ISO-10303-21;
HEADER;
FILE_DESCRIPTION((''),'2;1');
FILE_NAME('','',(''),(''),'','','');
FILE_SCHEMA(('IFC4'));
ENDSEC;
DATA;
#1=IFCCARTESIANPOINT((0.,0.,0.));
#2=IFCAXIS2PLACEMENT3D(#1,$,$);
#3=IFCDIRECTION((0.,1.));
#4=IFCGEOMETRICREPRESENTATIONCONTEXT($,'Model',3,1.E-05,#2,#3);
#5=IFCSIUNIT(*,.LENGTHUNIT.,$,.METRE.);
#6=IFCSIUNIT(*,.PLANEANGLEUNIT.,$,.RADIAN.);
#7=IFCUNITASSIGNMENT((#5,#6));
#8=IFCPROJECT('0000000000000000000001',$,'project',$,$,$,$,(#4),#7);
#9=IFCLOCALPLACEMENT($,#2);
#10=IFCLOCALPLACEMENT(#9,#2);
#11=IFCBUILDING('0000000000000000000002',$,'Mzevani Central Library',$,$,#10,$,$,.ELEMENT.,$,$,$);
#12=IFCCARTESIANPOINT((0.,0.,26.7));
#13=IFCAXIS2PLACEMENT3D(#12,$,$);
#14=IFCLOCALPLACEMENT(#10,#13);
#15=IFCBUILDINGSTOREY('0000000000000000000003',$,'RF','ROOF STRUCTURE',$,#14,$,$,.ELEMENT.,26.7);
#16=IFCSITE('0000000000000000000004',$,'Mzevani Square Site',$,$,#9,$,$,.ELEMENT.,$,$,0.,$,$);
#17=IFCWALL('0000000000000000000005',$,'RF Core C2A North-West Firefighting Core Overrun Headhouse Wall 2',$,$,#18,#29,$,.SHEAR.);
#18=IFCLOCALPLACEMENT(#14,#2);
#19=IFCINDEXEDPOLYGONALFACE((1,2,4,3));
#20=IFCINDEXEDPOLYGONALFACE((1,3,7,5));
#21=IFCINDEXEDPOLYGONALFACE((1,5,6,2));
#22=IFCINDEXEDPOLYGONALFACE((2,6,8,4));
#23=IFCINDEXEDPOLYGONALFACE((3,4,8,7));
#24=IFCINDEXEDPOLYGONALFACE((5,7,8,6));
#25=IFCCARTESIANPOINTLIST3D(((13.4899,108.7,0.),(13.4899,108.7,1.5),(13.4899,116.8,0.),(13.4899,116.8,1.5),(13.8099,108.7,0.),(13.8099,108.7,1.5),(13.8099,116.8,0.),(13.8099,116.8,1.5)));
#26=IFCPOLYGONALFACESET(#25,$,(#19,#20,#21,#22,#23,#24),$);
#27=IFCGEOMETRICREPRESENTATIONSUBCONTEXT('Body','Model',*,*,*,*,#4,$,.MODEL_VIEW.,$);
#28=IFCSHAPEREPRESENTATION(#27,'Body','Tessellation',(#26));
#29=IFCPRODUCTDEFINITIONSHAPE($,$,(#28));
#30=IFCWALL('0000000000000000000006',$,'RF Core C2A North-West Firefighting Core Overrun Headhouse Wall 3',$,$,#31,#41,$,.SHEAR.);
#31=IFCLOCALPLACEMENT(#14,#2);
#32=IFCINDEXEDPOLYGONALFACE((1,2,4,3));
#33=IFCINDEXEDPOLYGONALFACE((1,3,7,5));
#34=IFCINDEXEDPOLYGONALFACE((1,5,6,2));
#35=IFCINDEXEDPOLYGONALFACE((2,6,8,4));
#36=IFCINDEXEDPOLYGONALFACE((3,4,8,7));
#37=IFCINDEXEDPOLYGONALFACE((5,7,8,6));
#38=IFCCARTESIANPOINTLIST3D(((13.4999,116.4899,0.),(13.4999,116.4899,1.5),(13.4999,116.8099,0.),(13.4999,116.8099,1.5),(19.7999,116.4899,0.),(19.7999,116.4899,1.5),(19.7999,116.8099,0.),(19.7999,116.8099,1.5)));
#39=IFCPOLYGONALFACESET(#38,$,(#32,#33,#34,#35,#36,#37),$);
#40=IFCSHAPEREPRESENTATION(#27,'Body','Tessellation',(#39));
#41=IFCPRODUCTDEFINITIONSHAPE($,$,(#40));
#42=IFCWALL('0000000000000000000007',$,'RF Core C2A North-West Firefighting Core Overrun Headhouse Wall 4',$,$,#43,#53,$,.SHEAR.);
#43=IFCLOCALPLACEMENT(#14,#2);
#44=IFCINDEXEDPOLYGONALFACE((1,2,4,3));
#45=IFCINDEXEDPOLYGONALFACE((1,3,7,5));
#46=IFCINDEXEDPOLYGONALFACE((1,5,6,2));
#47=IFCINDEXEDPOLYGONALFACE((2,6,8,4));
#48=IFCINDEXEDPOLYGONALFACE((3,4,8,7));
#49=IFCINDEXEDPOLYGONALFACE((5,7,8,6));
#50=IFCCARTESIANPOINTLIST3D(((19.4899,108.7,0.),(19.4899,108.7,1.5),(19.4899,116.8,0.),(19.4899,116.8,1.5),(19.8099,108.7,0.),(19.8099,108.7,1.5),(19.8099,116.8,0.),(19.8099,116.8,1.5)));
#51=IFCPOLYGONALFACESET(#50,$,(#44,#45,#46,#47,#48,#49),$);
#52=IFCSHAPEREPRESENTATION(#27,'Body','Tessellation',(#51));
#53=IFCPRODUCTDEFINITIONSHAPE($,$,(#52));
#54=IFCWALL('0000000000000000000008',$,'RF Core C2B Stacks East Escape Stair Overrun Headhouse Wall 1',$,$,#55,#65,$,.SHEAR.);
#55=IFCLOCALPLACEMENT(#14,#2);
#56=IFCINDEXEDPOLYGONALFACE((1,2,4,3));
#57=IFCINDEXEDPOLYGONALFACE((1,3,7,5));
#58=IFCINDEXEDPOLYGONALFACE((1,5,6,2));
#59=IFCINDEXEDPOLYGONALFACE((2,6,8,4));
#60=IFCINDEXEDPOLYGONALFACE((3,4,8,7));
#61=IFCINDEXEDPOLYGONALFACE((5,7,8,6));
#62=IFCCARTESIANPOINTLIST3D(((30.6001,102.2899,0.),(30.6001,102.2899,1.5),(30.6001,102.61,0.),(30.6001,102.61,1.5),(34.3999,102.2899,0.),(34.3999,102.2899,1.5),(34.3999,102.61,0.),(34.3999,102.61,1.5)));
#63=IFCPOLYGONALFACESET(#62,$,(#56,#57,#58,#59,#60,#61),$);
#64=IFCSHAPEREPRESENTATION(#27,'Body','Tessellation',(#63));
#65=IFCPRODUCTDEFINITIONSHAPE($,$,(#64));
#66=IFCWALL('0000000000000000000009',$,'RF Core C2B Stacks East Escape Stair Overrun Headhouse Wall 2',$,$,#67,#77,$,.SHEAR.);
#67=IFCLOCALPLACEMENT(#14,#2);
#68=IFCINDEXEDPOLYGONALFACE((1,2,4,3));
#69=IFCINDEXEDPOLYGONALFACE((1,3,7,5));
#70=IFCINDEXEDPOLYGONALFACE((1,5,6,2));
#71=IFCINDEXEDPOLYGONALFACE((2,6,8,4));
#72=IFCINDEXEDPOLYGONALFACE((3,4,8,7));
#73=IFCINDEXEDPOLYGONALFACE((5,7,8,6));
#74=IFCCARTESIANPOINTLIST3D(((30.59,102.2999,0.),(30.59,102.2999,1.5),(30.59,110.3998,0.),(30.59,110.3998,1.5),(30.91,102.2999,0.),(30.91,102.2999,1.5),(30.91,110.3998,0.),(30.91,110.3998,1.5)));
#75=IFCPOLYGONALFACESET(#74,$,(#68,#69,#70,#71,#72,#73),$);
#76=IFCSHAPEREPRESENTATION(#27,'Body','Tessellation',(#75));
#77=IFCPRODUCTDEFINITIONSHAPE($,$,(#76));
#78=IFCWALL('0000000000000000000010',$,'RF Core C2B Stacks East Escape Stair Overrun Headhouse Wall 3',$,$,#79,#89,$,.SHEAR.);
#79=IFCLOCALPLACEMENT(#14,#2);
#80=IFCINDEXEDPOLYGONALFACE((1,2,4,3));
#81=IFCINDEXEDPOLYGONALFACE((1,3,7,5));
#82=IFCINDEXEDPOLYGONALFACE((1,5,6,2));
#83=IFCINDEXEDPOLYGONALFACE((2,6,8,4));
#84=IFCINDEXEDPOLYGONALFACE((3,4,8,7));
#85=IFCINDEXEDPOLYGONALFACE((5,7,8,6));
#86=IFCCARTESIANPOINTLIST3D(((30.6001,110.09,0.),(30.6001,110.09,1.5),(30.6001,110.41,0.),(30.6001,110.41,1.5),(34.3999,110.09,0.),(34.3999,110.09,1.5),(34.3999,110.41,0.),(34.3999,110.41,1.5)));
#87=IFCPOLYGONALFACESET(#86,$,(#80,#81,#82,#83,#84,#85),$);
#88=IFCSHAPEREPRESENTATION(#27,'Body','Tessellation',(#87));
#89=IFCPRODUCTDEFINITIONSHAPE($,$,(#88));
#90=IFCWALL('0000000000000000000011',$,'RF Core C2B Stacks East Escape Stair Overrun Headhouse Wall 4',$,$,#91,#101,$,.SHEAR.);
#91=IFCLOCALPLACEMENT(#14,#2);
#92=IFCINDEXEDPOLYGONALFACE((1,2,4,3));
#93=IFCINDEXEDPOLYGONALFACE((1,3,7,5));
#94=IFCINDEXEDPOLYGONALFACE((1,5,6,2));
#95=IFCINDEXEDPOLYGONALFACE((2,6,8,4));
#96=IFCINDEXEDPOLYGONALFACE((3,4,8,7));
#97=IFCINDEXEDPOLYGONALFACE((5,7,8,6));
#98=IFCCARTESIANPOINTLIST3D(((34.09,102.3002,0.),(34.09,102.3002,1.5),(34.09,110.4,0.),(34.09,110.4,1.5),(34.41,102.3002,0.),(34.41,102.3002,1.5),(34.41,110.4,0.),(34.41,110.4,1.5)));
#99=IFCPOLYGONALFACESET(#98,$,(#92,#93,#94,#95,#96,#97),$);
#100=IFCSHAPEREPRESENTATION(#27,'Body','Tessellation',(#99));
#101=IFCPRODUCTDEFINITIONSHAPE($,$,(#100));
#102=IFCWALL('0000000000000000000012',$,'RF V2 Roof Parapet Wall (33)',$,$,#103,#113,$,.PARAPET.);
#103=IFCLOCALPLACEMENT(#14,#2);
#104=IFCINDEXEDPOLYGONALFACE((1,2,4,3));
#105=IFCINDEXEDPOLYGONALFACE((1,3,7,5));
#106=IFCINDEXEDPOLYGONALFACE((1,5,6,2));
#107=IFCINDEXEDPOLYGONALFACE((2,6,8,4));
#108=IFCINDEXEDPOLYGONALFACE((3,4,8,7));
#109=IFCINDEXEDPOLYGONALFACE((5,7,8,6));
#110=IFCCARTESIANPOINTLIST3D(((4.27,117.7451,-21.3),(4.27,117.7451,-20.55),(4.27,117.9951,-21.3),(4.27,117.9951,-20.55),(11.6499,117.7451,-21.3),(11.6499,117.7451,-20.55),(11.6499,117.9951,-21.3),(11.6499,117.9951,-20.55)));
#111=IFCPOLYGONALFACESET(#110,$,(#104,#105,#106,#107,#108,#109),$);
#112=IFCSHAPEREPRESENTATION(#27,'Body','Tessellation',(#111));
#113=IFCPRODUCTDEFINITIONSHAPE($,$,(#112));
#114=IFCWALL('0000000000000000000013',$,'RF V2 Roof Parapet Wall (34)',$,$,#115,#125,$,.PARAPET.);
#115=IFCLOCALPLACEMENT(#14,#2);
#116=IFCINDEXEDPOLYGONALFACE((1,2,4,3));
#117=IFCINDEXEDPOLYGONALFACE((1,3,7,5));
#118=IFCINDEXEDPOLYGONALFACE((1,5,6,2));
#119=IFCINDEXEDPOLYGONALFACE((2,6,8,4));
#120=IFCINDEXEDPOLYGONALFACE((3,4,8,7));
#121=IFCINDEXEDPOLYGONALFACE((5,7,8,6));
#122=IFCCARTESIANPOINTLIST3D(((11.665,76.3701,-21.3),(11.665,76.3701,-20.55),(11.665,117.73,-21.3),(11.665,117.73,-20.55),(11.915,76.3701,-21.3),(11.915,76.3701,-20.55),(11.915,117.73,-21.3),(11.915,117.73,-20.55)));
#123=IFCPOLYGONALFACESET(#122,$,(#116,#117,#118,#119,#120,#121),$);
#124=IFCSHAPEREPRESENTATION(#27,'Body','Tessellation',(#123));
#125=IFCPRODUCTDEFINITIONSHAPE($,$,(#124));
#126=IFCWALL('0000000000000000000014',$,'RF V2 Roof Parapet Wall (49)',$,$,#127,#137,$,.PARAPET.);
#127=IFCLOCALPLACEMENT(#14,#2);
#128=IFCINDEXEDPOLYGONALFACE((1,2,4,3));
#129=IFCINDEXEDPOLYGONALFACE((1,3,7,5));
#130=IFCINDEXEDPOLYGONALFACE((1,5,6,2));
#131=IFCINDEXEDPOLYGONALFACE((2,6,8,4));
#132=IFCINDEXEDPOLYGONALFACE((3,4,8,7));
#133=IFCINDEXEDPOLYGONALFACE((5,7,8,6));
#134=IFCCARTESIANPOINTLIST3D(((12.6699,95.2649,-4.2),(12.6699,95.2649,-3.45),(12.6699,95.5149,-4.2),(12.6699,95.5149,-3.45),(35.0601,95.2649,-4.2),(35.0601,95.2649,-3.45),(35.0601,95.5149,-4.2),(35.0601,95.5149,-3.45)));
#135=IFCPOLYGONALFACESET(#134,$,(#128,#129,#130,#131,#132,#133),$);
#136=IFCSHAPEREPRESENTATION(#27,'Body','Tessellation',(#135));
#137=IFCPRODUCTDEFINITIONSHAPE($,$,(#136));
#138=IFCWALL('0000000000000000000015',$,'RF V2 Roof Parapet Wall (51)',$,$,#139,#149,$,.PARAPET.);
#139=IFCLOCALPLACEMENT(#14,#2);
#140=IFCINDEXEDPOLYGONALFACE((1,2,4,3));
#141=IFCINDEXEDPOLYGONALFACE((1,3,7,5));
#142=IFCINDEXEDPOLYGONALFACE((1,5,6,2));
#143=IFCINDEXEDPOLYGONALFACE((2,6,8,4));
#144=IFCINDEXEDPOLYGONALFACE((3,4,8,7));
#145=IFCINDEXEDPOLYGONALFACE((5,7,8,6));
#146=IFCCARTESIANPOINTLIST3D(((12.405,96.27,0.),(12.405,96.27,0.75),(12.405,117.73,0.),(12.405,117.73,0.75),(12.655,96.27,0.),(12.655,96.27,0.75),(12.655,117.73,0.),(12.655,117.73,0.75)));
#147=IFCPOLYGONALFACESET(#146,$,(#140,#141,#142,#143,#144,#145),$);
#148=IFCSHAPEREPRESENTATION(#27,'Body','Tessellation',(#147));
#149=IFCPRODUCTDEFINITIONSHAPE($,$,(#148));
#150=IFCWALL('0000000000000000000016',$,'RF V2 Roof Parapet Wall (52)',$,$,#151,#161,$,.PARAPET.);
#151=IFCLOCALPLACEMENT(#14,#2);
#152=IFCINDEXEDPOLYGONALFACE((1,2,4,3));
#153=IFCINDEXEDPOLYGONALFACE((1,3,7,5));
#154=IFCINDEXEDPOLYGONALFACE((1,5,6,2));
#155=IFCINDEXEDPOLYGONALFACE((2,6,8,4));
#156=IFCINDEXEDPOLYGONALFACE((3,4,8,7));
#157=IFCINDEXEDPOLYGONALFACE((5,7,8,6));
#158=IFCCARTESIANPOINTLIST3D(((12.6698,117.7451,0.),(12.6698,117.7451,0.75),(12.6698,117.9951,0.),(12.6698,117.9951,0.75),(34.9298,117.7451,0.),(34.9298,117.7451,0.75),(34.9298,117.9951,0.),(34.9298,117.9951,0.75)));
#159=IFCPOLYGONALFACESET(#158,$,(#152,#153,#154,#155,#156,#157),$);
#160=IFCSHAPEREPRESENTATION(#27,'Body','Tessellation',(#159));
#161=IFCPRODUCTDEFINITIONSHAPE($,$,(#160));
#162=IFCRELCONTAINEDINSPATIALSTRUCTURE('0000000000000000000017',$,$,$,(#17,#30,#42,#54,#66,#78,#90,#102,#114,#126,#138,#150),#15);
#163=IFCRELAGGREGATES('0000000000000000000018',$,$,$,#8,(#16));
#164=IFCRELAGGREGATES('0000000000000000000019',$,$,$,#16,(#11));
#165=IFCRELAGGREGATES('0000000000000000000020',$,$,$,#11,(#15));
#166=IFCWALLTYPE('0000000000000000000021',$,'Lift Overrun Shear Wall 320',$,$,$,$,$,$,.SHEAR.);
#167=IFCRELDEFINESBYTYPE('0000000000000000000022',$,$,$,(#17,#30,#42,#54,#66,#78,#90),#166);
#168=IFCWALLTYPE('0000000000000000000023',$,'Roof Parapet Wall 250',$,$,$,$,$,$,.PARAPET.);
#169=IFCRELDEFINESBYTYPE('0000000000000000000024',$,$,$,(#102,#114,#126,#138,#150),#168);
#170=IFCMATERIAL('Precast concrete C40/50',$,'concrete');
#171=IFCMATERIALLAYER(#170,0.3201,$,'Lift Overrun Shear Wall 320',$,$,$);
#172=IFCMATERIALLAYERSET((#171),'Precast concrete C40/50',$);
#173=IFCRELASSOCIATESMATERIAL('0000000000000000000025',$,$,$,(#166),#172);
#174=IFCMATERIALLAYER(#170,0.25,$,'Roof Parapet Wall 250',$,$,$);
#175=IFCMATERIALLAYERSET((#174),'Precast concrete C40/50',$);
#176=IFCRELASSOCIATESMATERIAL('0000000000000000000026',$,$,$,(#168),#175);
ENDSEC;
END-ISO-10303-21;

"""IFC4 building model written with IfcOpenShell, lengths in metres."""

from ifc_helpers import new_model, si_unit, direction, frame, frame_2d, origin, place, context, subcontext, project, spatial, rectangle, extrude, material, layer, layer_set, type_object, element, save


model = new_model("IFC4")

# Units and contexts
model_context = context("Model", 3, precision=1e-05, world=origin(), true_north=direction((0.0, 1.0)))
body_context = subcontext(model_context, "Body", "Model", "MODEL_VIEW")
ifc_project = project(units=[si_unit("LENGTHUNIT", "METRE"), si_unit("PLANEANGLEUNIT", "RADIAN")], contexts=[model_context])

# Site, building, storey
site_placement = place(None, origin())
site = spatial("IfcSite", under=ifc_project, at=site_placement, Name="Mzevani Square Site", CompositionType="ELEMENT", RefElevation=0.0)
building_placement = place(site_placement, origin())
building = spatial("IfcBuilding", under=site, at=building_placement, Name="Mzevani Central Library", CompositionType="ELEMENT")
storey_placement = place(building_placement, frame((0.0, 0.0, 26.7)))
storey = spatial("IfcBuildingStorey", under=building, at=storey_placement, Name="RF", Description="ROOF STRUCTURE", CompositionType="ELEMENT", Elevation=26.7)

# Walls
ifc_material_1 = material(Name="Precast concrete C40/50", Category="concrete")
ifc_layer_1 = layer(ifc_material_1, 0.3201, Name="Lift Overrun Shear Wall 320")
ifc_layer_set_1 = layer_set([ifc_layer_1], Name="Precast concrete C40/50")
wall_type_1 = type_object("IfcWallType", Name="Lift Overrun Shear Wall 320", PredefinedType="SHEAR", material=ifc_layer_set_1)
wall_1_placement = place(storey_placement, frame((13.6499, 108.7, 0.0), z_axis=(0.0, 0.0, 1.0), x_axis=(0.0, 1.0, 0.0)))
element("IfcWall", 1, at=wall_1_placement, inside=storey, type_object=wall_type_1, Name="RF Core C2A North-West Firefighting Core Overrun Headhouse Wall 2", PredefinedType="SHEAR", context=body_context, shape_type="SweptSolid", body=[
    extrude(rectangle(XDim=8.1001, YDim=0.3201, at=frame_2d((4.05, 0.0))), origin(), (0.0, 0.0, 1.0), 1.5),
])
wall_2_placement = place(storey_placement, frame((13.5, 116.6499, 0.0), z_axis=(0.0, 0.0, 1.0), x_axis=(1.0, 0.0, 0.0)))
element("IfcWall", 2, at=wall_2_placement, inside=storey, type_object=wall_type_1, Name="RF Core C2A North-West Firefighting Core Overrun Headhouse Wall 3", PredefinedType="SHEAR", context=body_context, shape_type="SweptSolid", body=[
    extrude(rectangle(XDim=6.3, YDim=0.3201, at=frame_2d((3.1499, 0.0))), origin(), (0.0, 0.0, 1.0), 1.5),
])
wall_3_placement = place(storey_placement, frame((19.6499, 116.8, 0.0), z_axis=(0.0, 0.0, 1.0), x_axis=(0.0, -1.0, 0.0)))
element("IfcWall", 3, at=wall_3_placement, inside=storey, type_object=wall_type_1, Name="RF Core C2A North-West Firefighting Core Overrun Headhouse Wall 4", PredefinedType="SHEAR", context=body_context, shape_type="SweptSolid", body=[
    extrude(rectangle(XDim=8.1001, YDim=0.3201, at=frame_2d((4.05, 0.0))), origin(), (0.0, 0.0, 1.0), 1.5),
])
wall_4_placement = place(storey_placement, frame((34.3999, 102.45, 0.0), z_axis=(0.0, 0.0, 1.0), x_axis=(-1.0, 0.0, 0.0)))
element("IfcWall", 4, at=wall_4_placement, inside=storey, type_object=wall_type_1, Name="RF Core C2B Stacks East Escape Stair Overrun Headhouse Wall 1", PredefinedType="SHEAR", context=body_context, shape_type="SweptSolid", body=[
    extrude(rectangle(XDim=3.7998, YDim=0.3201, at=frame_2d((1.8999, 0.0))), origin(), (0.0, 0.0, 1.0), 1.5),
])
wall_5_placement = place(storey_placement, frame((30.75, 102.3, 0.0), z_axis=(0.0, 0.0, 1.0), x_axis=(0.0, 1.0, 0.0)))
element("IfcWall", 5, at=wall_5_placement, inside=storey, type_object=wall_type_1, Name="RF Core C2B Stacks East Escape Stair Overrun Headhouse Wall 2", PredefinedType="SHEAR", context=body_context, shape_type="SweptSolid", body=[
    extrude(rectangle(XDim=8.0999, YDim=0.3201, at=frame_2d((4.0498, 0.0))), origin(), (0.0, 0.0, 1.0), 1.5),
])
wall_6_placement = place(storey_placement, frame((30.6001, 110.25, 0.0), z_axis=(0.0, 0.0, 1.0), x_axis=(1.0, 0.0, 0.0)))
element("IfcWall", 6, at=wall_6_placement, inside=storey, type_object=wall_type_1, Name="RF Core C2B Stacks East Escape Stair Overrun Headhouse Wall 3", PredefinedType="SHEAR", context=body_context, shape_type="SweptSolid", body=[
    extrude(rectangle(XDim=3.7998, YDim=0.3201, at=frame_2d((1.8999, 0.0))), origin(), (0.0, 0.0, 1.0), 1.5),
])
wall_7_placement = place(storey_placement, frame((34.25, 110.3999, 0.0), z_axis=(0.0, 0.0, 1.0), x_axis=(0.0, -1.0, 0.0)))
element("IfcWall", 7, at=wall_7_placement, inside=storey, type_object=wall_type_1, Name="RF Core C2B Stacks East Escape Stair Overrun Headhouse Wall 4", PredefinedType="SHEAR", context=body_context, shape_type="SweptSolid", body=[
    extrude(rectangle(XDim=8.0999, YDim=0.3201, at=frame_2d((4.0498, 0.0))), origin(), (0.0, 0.0, 1.0), 1.5),
])
ifc_layer_2 = layer(ifc_material_1, 0.25, Name="Roof Parapet Wall 250")
ifc_layer_set_2 = layer_set([ifc_layer_2], Name="Precast concrete C40/50")
wall_type_2 = type_object("IfcWallType", Name="Roof Parapet Wall 250", PredefinedType="PARAPET", material=ifc_layer_set_2)
wall_8_placement = place(storey_placement, frame((4.27, 117.8701, -21.3), z_axis=(0.0, 0.0, 1.0), x_axis=(1.0, 0.0, 0.0)))
element("IfcWall", 8, at=wall_8_placement, inside=storey, type_object=wall_type_2, Name="RF V2 Roof Parapet Wall (33)", PredefinedType="PARAPET", context=body_context, shape_type="SweptSolid", body=[
    extrude(rectangle(XDim=7.3799, YDim=0.25, at=frame_2d((3.6899, 0.0))), origin(), (0.0, 0.0, 1.0), 0.75),
])
wall_9_placement = place(storey_placement, frame((11.79, 117.73, -21.3), z_axis=(0.0, 0.0, 1.0), x_axis=(0.0, -1.0, 0.0)))
element("IfcWall", 9, at=wall_9_placement, inside=storey, type_object=wall_type_2, Name="RF V2 Roof Parapet Wall (34)", PredefinedType="PARAPET", context=body_context, shape_type="SweptSolid", body=[
    extrude(rectangle(XDim=41.3599, YDim=0.25, at=frame_2d((20.6799, 0.0))), origin(), (0.0, 0.0, 1.0), 0.75),
])
wall_10_placement = place(storey_placement, frame((12.6699, 95.3899, -4.2), z_axis=(0.0, 0.0, 1.0), x_axis=(1.0, 0.0, 0.0)))
element("IfcWall", 10, at=wall_10_placement, inside=storey, type_object=wall_type_2, Name="RF V2 Roof Parapet Wall (49)", PredefinedType="PARAPET", context=body_context, shape_type="SweptSolid", body=[
    extrude(rectangle(XDim=22.3901, YDim=0.25, at=frame_2d((11.1951, 0.0))), origin(), (0.0, 0.0, 1.0), 0.75),
])
wall_11_placement = place(storey_placement, frame((12.53, 96.27, 0.0), z_axis=(0.0, 0.0, 1.0), x_axis=(0.0, 1.0, 0.0)))
element("IfcWall", 11, at=wall_11_placement, inside=storey, type_object=wall_type_2, Name="RF V2 Roof Parapet Wall (51)", PredefinedType="PARAPET", context=body_context, shape_type="SweptSolid", body=[
    extrude(rectangle(XDim=21.46, YDim=0.25, at=frame_2d((10.73, 0.0))), origin(), (0.0, 0.0, 1.0), 0.75),
])
wall_12_placement = place(storey_placement, frame((12.6699, 117.8701, 0.0), z_axis=(0.0, 0.0, 1.0), x_axis=(1.0, 0.0, 0.0)))
element("IfcWall", 12, at=wall_12_placement, inside=storey, type_object=wall_type_2, Name="RF V2 Roof Parapet Wall (52)", PredefinedType="PARAPET", context=body_context, shape_type="SweptSolid", body=[
    extrude(rectangle(XDim=22.26, YDim=0.25, at=frame_2d((11.1299, 0.0))), origin(), (0.0, 0.0, 1.0), 0.75),
])

save(model, "model.ifc")
